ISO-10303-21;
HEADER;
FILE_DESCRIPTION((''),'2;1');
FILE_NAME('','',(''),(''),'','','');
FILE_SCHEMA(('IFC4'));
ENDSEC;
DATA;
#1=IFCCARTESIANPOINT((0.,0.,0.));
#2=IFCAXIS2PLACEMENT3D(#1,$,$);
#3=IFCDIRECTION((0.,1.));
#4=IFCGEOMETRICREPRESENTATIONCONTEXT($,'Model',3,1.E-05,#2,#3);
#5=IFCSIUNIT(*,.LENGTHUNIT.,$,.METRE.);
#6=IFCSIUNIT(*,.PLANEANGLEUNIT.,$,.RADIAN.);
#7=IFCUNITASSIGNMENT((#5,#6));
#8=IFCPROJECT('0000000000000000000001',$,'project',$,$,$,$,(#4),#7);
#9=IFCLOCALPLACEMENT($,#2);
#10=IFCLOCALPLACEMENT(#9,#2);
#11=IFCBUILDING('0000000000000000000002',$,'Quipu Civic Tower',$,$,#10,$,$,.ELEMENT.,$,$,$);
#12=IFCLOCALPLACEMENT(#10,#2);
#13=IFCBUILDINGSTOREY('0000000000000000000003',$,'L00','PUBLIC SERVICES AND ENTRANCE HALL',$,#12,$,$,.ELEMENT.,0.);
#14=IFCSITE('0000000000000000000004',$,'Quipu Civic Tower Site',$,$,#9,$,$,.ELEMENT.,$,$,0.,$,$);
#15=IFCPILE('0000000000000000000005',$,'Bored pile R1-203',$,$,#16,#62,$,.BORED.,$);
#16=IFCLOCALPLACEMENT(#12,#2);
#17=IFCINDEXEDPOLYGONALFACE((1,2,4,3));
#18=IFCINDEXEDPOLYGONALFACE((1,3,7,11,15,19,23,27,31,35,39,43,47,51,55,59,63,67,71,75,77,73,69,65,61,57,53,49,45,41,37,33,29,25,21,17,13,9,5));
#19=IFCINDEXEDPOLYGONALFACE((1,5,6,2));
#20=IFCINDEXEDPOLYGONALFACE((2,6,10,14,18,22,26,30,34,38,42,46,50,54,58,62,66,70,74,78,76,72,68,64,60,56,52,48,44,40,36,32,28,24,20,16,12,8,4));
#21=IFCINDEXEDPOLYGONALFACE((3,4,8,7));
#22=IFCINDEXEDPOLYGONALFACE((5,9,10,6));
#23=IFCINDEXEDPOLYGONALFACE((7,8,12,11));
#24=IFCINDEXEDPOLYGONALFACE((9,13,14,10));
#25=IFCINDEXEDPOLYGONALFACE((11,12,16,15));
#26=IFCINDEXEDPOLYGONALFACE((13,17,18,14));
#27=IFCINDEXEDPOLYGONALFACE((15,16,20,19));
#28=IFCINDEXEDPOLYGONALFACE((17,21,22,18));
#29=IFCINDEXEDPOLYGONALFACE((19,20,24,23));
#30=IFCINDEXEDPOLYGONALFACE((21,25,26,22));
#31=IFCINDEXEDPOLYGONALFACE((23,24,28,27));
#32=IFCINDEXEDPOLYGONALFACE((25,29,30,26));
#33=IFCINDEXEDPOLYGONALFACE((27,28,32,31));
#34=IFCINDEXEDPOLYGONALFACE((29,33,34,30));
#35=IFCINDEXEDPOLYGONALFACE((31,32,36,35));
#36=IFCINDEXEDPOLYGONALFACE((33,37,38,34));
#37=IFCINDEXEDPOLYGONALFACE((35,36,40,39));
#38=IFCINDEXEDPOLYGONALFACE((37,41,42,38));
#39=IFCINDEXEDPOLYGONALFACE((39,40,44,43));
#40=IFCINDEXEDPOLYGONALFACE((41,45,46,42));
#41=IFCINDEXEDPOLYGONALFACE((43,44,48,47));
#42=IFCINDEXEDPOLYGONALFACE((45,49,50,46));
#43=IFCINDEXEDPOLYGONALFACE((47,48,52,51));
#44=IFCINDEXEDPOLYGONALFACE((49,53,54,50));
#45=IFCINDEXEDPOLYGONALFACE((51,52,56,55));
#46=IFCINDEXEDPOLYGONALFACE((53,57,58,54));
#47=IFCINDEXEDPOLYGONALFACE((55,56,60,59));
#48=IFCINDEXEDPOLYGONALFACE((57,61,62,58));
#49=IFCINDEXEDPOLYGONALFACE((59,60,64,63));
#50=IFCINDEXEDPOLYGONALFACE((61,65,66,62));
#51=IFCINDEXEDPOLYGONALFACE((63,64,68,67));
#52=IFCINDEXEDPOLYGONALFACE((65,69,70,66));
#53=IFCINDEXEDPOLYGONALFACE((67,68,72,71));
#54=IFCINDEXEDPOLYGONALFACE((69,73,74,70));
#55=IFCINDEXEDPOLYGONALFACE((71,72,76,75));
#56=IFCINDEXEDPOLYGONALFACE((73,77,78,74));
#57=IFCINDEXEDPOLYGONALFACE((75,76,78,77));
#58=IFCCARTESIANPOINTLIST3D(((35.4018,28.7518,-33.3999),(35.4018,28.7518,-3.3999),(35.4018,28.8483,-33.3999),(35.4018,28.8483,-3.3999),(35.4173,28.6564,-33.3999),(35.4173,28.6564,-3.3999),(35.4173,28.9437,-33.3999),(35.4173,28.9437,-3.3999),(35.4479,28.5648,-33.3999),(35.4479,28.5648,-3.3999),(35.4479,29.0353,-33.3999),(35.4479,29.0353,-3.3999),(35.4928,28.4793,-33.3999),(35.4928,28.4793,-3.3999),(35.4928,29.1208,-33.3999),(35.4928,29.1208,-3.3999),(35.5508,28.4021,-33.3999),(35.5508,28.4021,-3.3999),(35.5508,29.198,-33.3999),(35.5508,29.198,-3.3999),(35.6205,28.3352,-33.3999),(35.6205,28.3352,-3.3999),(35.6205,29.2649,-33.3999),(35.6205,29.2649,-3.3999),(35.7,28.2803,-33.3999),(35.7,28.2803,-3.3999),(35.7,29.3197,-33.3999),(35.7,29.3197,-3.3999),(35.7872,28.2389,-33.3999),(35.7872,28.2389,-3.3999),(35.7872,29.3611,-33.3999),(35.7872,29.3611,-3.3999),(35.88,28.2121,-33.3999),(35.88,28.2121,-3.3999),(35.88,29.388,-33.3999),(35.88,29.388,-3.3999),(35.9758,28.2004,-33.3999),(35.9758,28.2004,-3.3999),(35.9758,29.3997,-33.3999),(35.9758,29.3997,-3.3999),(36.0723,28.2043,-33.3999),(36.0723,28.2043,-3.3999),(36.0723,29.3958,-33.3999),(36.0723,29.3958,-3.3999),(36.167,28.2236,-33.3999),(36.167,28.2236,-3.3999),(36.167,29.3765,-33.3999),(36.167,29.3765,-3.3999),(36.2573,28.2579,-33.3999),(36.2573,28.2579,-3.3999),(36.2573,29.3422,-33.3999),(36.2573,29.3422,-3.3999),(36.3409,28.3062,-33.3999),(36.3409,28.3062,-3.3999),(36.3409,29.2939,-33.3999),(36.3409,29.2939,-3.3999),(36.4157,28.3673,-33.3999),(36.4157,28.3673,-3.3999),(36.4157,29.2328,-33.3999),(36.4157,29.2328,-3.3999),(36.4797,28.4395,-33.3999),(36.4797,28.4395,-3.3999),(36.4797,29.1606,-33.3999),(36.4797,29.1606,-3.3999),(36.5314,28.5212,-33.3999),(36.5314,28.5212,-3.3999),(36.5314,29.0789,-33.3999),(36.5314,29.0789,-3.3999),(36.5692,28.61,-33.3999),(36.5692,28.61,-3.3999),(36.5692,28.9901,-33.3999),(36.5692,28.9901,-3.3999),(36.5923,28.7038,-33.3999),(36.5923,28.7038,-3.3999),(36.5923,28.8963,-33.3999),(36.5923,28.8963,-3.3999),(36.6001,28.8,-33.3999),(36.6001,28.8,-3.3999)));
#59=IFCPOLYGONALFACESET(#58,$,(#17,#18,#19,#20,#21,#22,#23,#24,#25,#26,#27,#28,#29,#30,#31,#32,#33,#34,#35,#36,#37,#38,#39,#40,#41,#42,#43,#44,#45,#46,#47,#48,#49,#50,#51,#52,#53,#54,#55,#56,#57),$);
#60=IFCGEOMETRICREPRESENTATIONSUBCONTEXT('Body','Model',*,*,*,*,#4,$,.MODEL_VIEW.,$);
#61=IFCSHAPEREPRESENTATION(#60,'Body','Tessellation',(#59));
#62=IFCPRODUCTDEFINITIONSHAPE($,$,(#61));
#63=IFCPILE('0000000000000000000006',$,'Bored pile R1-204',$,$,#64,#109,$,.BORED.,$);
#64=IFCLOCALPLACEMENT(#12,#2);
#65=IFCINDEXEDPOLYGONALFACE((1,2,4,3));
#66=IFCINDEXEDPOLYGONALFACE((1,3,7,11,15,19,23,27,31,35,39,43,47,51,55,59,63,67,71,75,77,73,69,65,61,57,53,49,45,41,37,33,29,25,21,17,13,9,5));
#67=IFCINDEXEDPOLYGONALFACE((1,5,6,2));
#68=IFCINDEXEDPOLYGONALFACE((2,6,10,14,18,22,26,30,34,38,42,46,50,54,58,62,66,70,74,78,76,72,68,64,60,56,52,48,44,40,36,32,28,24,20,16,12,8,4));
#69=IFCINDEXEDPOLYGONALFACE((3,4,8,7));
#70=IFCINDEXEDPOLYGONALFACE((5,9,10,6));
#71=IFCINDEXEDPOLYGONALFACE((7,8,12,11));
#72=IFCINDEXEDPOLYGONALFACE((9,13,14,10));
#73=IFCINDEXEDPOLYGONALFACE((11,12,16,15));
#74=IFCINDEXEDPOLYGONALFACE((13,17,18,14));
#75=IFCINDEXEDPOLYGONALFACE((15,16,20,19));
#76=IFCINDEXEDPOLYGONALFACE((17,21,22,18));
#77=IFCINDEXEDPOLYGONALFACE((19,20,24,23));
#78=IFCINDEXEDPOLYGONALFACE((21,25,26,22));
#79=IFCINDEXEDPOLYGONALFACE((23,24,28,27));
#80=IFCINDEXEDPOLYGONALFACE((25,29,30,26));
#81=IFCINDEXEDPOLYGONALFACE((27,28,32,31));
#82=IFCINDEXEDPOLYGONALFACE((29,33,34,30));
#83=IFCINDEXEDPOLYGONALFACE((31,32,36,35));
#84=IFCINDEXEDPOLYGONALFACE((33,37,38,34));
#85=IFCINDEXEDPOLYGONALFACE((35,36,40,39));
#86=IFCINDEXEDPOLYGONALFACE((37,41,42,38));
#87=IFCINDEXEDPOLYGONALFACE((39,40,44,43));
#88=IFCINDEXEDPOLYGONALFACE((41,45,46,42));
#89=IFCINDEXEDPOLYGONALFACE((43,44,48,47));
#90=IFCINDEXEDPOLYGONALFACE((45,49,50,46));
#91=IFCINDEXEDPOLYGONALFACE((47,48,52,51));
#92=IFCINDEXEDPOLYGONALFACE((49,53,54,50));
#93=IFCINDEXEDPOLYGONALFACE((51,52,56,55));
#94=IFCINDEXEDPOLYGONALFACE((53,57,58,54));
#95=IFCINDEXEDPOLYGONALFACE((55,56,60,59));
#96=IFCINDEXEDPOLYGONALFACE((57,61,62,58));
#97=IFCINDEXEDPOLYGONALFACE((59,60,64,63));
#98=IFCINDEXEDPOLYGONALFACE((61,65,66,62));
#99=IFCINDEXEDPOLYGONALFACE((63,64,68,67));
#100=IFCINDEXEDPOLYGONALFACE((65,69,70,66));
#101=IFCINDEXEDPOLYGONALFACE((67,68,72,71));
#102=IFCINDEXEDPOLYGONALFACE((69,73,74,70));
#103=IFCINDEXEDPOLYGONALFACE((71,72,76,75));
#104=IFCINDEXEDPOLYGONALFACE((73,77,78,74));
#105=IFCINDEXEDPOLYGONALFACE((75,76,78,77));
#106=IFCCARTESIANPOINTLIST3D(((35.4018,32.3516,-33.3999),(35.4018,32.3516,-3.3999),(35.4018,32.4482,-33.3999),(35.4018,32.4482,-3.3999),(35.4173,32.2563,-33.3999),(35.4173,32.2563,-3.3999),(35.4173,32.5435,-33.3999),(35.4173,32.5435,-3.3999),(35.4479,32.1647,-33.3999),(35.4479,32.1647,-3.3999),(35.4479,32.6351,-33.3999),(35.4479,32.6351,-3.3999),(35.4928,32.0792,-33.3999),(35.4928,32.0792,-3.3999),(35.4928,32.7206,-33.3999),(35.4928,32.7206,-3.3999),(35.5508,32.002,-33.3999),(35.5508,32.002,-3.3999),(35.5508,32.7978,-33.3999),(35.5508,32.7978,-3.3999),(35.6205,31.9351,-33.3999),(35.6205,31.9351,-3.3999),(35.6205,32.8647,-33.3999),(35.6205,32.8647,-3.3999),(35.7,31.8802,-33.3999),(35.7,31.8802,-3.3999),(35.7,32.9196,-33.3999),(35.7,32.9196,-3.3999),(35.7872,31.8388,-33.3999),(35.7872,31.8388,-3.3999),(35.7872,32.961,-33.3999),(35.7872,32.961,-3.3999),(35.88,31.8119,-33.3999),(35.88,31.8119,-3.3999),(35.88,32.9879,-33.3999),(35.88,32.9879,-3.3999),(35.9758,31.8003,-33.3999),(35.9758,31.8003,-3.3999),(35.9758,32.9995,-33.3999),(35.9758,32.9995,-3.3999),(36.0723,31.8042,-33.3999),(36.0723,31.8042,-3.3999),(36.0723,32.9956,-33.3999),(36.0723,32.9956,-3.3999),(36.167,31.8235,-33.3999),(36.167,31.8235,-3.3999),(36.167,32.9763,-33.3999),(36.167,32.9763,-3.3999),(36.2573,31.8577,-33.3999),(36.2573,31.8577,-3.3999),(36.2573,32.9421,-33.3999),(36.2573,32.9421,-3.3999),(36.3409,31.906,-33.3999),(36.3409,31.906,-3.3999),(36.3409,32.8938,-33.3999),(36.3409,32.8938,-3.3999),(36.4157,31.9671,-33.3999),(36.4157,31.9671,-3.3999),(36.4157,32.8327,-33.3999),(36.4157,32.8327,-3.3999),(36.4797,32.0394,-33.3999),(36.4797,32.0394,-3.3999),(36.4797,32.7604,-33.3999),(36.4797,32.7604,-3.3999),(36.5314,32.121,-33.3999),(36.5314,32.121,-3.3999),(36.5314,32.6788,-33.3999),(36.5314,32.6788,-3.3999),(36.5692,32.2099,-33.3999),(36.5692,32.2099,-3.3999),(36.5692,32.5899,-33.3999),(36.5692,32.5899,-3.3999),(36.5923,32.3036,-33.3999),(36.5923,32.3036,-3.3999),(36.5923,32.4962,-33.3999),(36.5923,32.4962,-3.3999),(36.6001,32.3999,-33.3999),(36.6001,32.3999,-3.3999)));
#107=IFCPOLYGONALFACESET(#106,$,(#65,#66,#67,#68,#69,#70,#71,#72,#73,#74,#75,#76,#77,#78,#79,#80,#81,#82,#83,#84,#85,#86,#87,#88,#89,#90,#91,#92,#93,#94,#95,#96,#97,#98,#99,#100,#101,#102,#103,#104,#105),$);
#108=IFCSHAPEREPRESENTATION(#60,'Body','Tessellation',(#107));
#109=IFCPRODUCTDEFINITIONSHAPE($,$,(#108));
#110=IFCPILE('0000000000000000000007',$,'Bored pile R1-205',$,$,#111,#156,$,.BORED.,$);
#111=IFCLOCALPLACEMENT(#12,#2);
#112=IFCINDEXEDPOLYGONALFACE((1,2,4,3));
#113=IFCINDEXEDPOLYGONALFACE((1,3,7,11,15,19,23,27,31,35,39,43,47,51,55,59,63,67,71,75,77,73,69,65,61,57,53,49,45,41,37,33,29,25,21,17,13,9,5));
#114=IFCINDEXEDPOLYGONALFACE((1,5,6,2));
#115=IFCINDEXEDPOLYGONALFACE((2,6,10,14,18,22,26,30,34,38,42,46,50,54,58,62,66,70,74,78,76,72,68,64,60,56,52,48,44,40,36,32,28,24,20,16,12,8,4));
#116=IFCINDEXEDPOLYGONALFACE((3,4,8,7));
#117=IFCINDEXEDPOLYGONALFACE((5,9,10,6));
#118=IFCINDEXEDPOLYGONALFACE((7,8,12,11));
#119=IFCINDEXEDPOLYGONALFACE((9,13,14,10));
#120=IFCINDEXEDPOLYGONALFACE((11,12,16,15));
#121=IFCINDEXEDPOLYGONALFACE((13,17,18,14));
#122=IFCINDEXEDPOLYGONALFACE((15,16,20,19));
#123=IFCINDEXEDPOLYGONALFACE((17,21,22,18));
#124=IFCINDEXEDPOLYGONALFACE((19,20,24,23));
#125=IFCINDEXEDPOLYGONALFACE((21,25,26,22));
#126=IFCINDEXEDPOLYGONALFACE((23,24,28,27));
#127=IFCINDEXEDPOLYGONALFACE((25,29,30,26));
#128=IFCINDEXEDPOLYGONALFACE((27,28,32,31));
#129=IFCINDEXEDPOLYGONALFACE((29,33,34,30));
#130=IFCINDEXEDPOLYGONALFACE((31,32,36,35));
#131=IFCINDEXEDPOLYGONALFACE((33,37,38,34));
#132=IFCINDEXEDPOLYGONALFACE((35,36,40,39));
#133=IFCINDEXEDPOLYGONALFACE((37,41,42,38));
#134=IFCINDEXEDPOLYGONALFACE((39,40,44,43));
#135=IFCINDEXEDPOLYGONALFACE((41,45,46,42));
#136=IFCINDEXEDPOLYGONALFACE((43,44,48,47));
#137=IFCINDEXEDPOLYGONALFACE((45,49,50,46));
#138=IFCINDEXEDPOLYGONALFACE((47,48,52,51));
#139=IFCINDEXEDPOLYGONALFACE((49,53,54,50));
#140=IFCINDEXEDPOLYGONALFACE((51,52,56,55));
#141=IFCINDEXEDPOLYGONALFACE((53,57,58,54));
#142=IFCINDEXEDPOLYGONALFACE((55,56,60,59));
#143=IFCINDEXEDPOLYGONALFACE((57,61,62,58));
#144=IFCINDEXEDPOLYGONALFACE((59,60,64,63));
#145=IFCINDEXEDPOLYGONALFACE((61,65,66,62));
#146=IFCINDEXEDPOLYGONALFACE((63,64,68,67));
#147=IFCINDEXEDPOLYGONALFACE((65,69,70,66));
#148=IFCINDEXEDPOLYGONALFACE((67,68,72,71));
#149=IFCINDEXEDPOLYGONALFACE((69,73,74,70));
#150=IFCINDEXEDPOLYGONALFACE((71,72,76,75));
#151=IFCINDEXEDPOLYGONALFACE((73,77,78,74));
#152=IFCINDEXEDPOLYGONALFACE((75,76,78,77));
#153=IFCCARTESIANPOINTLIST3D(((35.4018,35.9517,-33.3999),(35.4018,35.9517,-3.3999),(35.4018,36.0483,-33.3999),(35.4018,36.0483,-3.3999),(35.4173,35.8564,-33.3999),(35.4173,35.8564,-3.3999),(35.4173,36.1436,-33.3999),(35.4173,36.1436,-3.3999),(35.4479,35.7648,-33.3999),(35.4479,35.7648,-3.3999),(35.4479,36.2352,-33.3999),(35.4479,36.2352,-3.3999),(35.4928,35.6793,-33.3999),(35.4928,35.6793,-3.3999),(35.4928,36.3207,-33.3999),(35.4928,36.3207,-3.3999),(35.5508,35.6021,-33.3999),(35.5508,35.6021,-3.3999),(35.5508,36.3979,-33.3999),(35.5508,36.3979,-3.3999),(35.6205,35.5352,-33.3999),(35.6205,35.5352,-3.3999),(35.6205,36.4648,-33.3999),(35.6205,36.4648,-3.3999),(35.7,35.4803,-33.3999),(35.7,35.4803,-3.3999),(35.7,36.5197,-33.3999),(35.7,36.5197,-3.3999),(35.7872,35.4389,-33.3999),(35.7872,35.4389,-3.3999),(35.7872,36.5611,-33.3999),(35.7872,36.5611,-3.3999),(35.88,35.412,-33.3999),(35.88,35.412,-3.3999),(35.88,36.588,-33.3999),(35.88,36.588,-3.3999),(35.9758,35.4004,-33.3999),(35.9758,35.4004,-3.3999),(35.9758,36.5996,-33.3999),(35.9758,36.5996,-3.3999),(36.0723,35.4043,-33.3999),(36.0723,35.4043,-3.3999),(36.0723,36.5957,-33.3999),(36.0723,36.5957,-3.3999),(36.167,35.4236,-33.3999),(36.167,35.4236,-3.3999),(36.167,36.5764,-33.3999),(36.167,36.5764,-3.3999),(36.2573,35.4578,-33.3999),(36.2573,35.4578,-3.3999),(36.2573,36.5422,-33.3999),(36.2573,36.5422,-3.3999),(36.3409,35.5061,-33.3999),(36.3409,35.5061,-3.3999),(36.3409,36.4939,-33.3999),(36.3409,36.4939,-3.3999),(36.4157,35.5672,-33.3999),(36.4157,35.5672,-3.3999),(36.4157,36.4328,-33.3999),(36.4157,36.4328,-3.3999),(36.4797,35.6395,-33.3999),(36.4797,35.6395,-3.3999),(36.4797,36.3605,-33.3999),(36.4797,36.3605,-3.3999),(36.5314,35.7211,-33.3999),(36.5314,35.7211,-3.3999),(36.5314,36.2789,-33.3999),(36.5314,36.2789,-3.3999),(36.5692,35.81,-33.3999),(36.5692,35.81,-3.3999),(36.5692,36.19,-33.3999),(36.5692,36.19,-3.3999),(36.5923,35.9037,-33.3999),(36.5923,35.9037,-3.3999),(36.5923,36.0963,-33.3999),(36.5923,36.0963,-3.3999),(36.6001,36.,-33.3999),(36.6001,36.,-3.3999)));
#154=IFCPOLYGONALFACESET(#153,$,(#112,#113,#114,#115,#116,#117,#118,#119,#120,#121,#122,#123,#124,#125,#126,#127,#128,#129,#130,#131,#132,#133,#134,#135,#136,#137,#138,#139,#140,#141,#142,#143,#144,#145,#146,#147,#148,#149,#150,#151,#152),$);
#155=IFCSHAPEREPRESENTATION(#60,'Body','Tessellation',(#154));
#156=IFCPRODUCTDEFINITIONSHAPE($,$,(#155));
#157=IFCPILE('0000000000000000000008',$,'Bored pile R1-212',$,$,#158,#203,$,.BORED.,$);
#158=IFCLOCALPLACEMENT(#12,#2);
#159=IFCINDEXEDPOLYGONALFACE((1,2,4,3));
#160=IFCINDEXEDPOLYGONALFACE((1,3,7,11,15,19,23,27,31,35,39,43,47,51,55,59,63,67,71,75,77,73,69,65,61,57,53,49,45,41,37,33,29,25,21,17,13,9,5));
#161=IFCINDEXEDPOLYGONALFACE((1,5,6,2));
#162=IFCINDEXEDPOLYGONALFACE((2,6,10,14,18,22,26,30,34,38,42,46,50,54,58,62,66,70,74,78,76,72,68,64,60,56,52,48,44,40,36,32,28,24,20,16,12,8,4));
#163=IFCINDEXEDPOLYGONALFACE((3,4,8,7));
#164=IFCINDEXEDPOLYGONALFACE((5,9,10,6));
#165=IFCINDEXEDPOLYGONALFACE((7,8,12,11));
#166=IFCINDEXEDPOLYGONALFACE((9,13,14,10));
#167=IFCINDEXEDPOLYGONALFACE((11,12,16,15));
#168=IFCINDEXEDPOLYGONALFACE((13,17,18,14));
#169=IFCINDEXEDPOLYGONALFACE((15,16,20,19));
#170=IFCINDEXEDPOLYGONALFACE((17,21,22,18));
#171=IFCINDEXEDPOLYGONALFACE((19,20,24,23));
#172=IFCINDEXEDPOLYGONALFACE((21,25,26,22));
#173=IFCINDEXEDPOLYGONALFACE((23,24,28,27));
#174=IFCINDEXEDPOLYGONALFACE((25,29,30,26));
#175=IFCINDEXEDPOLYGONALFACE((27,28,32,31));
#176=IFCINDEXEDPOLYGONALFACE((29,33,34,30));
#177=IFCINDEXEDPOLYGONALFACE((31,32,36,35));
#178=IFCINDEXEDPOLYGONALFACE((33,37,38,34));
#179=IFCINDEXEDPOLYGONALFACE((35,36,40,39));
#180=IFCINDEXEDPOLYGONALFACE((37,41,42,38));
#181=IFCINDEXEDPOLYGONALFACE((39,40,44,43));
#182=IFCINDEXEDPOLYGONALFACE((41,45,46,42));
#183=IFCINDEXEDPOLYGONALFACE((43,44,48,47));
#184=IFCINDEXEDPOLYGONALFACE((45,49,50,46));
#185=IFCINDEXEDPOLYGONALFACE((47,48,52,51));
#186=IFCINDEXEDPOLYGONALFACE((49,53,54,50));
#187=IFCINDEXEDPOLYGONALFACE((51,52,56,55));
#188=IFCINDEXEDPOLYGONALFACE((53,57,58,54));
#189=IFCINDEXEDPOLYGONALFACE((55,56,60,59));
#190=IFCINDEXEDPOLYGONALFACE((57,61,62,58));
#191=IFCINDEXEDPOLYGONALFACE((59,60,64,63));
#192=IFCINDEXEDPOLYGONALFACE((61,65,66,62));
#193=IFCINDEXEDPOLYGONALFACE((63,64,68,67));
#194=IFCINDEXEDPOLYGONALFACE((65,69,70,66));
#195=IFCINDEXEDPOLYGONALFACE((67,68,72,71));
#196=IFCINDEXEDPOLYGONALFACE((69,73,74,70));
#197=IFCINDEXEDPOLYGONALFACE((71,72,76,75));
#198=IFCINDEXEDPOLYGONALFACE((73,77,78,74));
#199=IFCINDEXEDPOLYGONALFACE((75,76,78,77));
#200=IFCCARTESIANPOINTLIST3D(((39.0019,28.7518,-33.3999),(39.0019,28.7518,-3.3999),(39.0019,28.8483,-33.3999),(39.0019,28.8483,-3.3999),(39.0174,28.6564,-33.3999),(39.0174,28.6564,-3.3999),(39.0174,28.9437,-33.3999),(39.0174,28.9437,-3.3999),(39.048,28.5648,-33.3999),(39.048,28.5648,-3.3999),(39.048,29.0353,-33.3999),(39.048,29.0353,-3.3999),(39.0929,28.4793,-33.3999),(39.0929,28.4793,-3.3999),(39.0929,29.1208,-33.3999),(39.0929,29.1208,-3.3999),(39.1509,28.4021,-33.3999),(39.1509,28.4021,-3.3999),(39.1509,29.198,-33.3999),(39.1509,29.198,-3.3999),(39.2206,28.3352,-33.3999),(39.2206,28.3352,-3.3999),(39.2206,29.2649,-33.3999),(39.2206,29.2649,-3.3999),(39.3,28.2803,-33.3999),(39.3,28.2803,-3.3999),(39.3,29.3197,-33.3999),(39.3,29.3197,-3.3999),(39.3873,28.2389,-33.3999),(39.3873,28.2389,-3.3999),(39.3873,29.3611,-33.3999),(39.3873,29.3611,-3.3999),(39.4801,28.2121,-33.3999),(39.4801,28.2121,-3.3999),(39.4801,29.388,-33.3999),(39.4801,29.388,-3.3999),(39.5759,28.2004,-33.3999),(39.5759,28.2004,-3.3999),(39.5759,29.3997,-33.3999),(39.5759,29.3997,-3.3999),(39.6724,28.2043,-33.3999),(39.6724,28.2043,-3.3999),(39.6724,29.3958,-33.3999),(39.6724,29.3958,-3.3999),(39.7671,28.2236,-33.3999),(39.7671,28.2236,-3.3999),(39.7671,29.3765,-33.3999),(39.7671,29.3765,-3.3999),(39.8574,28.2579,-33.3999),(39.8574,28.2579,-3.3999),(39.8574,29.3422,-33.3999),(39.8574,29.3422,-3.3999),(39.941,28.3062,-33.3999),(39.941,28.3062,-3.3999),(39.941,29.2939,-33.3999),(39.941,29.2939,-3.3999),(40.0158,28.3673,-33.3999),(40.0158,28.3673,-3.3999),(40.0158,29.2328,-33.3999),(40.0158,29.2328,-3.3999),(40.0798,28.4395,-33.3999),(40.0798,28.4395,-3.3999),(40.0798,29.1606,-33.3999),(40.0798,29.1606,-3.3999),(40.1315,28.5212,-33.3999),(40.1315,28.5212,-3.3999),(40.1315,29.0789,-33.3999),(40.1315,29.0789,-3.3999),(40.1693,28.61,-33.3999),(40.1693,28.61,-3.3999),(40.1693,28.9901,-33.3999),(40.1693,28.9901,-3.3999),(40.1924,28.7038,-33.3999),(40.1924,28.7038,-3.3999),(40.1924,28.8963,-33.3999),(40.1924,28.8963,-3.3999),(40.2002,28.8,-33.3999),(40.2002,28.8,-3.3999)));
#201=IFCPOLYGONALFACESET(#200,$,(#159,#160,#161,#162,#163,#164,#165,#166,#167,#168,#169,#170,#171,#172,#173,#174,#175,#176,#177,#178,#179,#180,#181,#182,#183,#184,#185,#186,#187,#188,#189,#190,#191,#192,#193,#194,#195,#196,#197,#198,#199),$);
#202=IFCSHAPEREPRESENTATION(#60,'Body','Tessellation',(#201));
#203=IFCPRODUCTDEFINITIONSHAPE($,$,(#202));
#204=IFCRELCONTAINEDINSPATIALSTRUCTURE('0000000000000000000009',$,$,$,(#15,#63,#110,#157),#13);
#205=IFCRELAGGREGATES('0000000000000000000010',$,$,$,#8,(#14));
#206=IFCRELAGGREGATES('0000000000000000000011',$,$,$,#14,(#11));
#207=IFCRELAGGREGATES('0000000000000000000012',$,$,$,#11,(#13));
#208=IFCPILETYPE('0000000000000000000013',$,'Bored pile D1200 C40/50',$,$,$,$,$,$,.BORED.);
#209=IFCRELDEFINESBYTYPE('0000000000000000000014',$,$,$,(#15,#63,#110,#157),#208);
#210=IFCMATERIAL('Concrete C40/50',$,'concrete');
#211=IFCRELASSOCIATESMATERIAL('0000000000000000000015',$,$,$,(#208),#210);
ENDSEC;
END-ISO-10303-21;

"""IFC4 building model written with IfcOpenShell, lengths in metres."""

from ifc_helpers import new_model, si_unit, direction, frame, origin, origin_2d, place, context, subcontext, project, spatial, circle, extrude, material, material_profile, profile_set, type_object, element, save


model = new_model("IFC4")

# Units and contexts
model_context = context("Model", 3, precision=1e-05, world=origin(), true_north=direction((0.0, 1.0)))
body_context = subcontext(model_context, "Body", "Model", "MODEL_VIEW")
ifc_project = project(units=[si_unit("LENGTHUNIT", "METRE"), si_unit("PLANEANGLEUNIT", "RADIAN")], contexts=[model_context])

# Site, building, storey
site_placement = place(None, origin())
site = spatial("IfcSite", under=ifc_project, at=site_placement, Name="Quipu Civic Tower Site", CompositionType="ELEMENT", RefElevation=0.0)
building_placement = place(site_placement, origin())
building = spatial("IfcBuilding", under=site, at=building_placement, Name="Quipu Civic Tower", CompositionType="ELEMENT")
storey_placement = place(building_placement, origin())
storey = spatial("IfcBuildingStorey", under=building, at=storey_placement, Name="L00", Description="PUBLIC SERVICES AND ENTRANCE HALL", CompositionType="ELEMENT", Elevation=0.0)

# Piles
ifc_material_1 = material(Name="Concrete C40/50", Category="concrete")
ifc_material_profile = material_profile(ifc_material_1, circle(Radius=0.6001, at=origin_2d()), Name="RCD1200")
ifc_profile_set = profile_set([ifc_material_profile], Name="Concrete C40/50")
pile_type = type_object("IfcPileType", Name="Bored pile D1200 C40/50", PredefinedType="BORED", material=ifc_profile_set)
for number, where, z_axis, x_axis, name in (
    (1, (36.0, 28.8, -3.3999), (0.0, 0.0, -1.0), (1.0, 0.0, 0.0), "Bored pile R1-203"),
    (2, (36.0, 32.3999, -3.3999), (0.0, 0.0, -1.0), (1.0, 0.0, 0.0), "Bored pile R1-204"),
    (3, (36.0, 36.0, -3.3999), (0.0, 0.0, -1.0), (1.0, 0.0, 0.0), "Bored pile R1-205"),
    (4, (39.6001, 28.8, -3.3999), (0.0, 0.0, -1.0), (1.0, 0.0, 0.0), "Bored pile R1-212"),
):
    element("IfcPile", number, at=place(storey_placement, frame(where, z_axis=z_axis, x_axis=x_axis)), inside=storey, type_object=pile_type, Name=name, PredefinedType="BORED", context=body_context, shape_type="SweptSolid", body=[
        extrude(circle(Radius=0.6001, at=origin_2d()), origin(), (0.0, 0.0, 1.0), 30.0),
    ])

save(model, "model.ifc")
